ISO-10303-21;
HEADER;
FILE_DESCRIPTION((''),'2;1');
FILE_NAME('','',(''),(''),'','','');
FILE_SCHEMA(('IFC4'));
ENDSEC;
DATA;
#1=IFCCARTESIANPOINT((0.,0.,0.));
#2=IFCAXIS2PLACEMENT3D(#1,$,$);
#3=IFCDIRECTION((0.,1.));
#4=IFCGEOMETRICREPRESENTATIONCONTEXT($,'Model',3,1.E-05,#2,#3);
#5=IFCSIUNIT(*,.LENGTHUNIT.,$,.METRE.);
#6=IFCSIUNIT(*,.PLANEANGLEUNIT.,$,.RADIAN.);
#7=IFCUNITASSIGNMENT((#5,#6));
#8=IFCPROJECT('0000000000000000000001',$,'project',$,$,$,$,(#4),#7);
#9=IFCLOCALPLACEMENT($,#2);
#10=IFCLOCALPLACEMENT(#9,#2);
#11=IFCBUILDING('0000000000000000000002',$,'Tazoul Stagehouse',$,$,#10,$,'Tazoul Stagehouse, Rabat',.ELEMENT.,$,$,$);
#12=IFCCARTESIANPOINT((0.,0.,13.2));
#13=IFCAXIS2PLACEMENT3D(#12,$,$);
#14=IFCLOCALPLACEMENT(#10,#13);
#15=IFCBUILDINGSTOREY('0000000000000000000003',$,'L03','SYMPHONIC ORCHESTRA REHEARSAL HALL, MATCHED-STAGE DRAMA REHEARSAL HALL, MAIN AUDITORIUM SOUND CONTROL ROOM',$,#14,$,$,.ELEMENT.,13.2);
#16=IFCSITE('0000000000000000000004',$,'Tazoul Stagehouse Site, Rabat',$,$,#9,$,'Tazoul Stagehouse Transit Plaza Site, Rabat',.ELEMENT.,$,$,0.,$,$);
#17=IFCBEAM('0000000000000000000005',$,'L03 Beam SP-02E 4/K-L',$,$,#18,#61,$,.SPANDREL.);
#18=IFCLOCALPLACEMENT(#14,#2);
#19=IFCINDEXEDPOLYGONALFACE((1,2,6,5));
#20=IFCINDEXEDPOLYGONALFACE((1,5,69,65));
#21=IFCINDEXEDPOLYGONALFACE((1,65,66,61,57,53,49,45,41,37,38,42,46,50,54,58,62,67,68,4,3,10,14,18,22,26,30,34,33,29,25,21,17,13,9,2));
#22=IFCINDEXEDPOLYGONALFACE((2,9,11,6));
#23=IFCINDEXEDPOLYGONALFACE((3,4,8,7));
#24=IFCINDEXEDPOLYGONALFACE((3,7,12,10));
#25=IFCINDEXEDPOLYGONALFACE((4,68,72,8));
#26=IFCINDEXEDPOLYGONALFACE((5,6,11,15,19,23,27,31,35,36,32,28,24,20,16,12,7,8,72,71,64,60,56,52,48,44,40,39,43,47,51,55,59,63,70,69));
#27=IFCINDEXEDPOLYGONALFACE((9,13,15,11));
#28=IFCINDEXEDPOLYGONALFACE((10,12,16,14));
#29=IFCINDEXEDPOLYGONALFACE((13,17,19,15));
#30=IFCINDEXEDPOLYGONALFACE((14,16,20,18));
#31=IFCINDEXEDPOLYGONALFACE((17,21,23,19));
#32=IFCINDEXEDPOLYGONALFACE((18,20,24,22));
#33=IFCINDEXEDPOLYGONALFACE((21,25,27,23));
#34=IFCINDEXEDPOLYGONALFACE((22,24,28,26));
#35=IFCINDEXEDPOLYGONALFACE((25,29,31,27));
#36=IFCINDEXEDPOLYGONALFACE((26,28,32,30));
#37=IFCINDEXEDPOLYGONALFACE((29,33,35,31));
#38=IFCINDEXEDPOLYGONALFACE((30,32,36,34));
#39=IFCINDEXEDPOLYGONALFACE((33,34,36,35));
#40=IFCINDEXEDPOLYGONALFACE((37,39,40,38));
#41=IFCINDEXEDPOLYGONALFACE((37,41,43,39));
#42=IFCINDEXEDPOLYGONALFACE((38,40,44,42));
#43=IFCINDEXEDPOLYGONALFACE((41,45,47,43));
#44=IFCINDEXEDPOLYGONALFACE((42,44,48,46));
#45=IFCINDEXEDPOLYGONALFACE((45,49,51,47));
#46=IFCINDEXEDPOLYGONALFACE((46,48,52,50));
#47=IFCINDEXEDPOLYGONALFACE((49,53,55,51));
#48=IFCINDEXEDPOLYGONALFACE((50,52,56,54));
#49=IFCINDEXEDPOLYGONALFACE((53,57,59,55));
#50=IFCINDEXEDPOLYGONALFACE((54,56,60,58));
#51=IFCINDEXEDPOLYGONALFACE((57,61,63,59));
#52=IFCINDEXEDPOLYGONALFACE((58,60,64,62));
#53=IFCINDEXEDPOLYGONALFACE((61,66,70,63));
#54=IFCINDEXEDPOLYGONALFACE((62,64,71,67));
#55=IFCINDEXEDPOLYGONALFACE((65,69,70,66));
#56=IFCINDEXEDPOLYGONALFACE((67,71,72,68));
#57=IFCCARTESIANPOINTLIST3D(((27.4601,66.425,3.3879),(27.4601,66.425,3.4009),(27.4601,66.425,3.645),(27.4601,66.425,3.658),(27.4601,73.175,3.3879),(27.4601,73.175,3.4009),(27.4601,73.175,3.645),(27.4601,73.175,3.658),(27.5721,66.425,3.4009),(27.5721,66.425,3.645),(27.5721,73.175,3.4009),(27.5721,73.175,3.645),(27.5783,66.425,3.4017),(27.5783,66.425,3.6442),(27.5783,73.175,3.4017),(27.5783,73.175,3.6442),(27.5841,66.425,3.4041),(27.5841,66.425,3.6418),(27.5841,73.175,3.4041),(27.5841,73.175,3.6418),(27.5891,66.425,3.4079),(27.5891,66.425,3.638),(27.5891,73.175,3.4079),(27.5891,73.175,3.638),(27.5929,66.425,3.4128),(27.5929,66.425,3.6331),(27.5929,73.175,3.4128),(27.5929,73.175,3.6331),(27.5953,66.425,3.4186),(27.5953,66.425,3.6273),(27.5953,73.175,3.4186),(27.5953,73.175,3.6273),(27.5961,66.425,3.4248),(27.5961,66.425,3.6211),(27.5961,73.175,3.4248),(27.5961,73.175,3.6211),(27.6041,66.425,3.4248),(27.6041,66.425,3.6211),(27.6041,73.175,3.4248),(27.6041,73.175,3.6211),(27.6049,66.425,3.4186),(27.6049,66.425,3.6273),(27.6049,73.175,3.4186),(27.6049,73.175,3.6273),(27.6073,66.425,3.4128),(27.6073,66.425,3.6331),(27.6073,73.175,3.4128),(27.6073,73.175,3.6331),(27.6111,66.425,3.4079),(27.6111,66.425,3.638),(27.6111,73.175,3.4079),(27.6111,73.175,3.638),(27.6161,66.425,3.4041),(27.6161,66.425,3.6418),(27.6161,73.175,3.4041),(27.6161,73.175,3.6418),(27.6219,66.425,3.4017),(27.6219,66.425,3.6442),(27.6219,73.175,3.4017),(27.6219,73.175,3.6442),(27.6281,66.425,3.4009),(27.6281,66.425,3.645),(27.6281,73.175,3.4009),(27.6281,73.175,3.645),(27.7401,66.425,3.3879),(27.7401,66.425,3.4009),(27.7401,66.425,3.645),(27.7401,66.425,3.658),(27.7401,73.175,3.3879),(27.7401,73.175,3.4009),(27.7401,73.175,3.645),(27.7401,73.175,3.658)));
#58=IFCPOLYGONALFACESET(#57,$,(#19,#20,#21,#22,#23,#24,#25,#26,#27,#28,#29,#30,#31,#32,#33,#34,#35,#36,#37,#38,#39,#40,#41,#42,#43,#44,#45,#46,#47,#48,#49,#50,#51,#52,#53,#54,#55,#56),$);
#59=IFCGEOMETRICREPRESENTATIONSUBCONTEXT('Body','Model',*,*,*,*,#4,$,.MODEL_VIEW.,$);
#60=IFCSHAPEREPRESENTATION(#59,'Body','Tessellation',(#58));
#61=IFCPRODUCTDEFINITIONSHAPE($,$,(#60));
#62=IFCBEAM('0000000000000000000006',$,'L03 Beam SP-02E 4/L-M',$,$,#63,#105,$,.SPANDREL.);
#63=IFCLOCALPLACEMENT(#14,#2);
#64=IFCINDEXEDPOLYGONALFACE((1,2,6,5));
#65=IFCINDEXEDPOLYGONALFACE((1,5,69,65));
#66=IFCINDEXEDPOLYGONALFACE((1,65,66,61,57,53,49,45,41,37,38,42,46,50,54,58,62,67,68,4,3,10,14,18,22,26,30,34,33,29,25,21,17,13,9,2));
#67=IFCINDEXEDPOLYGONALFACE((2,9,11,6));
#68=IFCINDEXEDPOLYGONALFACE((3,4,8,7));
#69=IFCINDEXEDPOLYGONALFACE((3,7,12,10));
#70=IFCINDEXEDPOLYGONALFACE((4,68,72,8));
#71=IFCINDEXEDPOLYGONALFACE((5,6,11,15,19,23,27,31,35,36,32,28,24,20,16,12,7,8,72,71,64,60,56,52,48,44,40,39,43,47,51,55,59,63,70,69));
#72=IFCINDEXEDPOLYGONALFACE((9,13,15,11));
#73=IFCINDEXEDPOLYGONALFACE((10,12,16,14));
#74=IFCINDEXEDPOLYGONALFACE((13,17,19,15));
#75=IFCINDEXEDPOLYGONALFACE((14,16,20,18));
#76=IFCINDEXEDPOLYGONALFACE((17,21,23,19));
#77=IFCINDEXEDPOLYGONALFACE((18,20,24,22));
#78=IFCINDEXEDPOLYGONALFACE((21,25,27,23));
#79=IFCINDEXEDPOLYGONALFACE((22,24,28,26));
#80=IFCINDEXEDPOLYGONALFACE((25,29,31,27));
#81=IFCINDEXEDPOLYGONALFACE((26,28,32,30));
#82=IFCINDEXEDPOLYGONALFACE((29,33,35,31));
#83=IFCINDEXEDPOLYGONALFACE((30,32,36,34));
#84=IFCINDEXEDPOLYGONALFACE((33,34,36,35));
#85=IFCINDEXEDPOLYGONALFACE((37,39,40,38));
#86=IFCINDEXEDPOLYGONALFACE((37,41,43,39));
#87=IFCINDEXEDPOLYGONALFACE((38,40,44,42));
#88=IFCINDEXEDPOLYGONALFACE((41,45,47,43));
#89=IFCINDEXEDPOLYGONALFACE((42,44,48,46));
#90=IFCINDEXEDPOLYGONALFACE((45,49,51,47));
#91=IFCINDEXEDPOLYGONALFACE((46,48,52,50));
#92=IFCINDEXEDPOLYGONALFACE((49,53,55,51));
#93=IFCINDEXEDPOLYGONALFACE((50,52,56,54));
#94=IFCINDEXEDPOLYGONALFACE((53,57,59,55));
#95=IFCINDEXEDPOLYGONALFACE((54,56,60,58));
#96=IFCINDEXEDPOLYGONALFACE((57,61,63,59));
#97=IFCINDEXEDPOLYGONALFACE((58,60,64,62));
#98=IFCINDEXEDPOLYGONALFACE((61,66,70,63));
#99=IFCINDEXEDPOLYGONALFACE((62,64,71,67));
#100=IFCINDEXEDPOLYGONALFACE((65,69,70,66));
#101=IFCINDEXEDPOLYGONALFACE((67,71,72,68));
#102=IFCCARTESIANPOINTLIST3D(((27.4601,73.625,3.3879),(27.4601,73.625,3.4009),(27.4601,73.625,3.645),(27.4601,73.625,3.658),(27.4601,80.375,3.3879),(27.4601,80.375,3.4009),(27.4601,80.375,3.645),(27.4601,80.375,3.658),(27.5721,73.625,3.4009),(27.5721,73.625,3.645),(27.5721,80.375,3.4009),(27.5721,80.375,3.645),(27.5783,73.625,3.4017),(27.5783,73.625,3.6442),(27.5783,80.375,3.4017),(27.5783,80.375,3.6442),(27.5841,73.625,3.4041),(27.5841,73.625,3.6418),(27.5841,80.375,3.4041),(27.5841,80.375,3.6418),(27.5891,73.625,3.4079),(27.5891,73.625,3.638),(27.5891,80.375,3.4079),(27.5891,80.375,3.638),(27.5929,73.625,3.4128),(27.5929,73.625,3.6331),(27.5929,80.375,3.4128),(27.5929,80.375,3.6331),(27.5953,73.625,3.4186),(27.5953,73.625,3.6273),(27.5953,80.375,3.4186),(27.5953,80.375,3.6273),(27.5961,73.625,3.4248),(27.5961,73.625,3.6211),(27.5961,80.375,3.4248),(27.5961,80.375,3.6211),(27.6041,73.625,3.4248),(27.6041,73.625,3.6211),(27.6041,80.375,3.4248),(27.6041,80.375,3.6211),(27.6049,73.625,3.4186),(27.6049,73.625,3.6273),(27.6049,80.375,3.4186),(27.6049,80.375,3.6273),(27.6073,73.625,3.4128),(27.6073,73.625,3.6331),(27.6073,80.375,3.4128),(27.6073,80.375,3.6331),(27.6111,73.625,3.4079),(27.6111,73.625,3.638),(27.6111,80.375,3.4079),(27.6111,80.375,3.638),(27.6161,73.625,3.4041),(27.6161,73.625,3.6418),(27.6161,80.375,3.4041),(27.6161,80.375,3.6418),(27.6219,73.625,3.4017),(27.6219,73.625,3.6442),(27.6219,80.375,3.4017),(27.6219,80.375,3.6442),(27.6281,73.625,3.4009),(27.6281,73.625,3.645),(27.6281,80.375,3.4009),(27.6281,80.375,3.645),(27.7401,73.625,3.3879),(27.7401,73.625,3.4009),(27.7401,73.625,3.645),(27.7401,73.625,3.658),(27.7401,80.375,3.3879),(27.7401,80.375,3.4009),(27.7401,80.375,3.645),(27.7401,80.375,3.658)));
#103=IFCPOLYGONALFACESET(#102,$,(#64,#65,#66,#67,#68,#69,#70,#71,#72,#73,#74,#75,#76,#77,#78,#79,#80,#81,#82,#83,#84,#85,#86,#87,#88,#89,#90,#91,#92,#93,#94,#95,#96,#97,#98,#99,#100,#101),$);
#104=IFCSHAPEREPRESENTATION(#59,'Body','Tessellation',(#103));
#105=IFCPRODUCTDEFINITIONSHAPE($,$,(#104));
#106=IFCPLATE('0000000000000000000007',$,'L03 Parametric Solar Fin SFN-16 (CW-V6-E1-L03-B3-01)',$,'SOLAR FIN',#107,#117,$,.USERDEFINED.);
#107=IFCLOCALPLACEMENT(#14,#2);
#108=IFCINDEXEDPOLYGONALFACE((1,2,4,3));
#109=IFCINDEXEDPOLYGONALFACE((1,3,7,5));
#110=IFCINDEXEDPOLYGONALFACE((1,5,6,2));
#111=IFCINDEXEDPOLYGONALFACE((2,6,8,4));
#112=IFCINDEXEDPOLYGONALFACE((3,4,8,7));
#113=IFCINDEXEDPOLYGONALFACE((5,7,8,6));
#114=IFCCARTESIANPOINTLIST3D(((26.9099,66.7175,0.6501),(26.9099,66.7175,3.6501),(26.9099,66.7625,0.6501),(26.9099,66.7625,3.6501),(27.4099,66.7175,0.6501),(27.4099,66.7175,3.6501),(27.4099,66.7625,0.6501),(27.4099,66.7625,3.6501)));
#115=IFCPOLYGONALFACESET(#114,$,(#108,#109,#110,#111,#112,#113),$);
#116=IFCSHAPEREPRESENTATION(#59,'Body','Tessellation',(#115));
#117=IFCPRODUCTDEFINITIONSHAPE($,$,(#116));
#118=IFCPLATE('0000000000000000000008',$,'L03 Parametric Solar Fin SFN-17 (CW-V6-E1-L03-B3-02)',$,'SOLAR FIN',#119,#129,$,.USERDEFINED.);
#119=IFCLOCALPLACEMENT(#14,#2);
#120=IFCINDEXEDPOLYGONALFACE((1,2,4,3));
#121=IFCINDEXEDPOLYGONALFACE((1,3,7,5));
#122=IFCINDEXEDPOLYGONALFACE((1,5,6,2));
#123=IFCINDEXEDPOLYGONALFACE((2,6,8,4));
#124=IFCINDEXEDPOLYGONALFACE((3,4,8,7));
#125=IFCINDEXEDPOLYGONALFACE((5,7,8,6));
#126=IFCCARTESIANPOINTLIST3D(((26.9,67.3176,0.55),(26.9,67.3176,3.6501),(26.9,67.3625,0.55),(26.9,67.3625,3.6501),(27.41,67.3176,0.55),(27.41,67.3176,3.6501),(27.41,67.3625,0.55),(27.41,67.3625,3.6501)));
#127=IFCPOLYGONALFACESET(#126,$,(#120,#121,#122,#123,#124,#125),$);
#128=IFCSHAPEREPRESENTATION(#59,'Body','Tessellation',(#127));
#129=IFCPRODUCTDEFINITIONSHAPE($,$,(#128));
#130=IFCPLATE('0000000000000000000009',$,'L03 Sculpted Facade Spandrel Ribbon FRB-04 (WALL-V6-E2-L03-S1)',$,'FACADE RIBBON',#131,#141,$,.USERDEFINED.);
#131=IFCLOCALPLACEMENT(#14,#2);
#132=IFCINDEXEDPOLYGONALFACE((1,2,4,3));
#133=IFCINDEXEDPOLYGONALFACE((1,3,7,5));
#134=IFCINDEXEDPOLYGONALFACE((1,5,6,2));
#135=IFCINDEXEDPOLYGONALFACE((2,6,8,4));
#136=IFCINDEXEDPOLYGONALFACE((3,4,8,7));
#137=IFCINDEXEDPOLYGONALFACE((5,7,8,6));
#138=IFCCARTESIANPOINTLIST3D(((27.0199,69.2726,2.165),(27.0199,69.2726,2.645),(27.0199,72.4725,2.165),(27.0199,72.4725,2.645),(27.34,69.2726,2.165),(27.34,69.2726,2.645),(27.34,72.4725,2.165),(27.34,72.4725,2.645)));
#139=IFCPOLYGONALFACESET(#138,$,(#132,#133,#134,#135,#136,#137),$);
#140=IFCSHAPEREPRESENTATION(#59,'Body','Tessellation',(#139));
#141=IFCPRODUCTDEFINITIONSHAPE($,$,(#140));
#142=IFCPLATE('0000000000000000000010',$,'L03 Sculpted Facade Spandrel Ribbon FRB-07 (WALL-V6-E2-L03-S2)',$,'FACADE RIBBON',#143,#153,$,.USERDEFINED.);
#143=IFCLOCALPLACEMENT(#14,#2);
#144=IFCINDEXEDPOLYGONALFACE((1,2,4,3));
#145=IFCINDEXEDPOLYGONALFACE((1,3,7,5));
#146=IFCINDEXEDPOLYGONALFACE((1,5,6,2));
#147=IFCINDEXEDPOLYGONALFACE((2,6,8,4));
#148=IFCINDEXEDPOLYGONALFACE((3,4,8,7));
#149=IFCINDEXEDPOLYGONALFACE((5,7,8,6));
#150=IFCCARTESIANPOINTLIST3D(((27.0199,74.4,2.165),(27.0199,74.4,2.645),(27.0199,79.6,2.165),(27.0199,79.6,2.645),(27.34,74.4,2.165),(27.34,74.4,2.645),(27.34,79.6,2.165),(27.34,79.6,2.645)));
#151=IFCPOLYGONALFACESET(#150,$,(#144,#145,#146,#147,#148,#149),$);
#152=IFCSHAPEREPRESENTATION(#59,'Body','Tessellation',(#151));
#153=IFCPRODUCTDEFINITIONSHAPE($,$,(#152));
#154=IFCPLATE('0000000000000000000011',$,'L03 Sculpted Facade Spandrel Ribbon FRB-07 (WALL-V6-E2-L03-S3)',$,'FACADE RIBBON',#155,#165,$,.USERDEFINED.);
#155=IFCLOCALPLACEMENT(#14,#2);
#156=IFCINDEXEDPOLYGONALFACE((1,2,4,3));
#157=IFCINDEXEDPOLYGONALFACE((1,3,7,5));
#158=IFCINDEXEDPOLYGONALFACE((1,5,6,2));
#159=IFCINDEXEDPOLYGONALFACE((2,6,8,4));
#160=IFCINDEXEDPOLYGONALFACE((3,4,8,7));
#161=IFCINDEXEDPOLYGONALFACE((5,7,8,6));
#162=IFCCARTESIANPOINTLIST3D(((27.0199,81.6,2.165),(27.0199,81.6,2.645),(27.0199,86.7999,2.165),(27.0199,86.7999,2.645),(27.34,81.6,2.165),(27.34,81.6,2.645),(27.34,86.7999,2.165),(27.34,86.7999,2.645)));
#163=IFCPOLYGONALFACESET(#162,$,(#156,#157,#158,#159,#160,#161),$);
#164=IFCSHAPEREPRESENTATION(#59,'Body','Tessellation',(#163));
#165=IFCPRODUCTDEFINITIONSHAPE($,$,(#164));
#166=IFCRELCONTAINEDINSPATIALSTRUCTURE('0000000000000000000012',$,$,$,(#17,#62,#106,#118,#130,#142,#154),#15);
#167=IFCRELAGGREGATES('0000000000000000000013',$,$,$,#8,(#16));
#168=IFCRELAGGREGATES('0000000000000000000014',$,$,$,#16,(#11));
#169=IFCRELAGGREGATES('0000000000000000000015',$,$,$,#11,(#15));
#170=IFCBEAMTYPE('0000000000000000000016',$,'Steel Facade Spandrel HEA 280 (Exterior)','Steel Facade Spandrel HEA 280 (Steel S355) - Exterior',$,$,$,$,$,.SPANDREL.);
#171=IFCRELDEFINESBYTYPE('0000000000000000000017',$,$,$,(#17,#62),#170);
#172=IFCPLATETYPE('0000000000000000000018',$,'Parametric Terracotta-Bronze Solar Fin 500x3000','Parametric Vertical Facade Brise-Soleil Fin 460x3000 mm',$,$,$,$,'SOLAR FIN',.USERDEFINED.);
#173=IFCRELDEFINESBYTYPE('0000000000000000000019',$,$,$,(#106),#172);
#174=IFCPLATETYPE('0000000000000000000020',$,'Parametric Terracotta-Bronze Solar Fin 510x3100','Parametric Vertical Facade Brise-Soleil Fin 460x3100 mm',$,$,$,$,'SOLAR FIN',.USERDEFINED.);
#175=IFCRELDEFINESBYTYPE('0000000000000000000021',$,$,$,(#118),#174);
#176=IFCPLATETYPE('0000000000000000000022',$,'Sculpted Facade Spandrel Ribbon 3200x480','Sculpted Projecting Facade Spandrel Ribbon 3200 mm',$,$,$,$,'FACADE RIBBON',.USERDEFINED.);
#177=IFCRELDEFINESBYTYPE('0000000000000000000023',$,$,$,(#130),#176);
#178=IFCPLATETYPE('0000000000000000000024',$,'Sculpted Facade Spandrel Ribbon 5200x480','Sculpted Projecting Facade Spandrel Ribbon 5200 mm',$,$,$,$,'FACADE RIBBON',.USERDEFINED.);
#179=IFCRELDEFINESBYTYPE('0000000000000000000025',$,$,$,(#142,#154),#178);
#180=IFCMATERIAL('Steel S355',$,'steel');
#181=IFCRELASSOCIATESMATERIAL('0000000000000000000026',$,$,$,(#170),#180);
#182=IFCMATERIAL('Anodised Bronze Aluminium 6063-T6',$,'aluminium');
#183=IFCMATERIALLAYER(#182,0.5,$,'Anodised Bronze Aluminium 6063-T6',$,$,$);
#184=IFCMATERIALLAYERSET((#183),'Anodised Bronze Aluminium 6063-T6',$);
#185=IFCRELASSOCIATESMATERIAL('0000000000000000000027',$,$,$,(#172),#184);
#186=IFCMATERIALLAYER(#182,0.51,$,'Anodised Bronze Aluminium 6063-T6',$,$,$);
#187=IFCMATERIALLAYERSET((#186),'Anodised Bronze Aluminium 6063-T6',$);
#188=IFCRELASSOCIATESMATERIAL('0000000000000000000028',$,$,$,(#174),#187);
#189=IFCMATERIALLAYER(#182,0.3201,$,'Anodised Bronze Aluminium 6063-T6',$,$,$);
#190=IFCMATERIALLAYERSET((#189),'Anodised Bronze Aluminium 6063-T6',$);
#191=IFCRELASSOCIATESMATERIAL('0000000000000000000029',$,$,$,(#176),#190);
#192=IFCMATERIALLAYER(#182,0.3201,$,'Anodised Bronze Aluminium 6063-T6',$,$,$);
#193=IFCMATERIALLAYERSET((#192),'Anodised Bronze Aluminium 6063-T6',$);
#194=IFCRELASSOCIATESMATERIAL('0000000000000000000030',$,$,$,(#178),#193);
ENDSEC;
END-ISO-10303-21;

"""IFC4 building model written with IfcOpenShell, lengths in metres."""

from ifc_helpers import new_model, si_unit, direction, frame, origin, origin_2d, place, context, subcontext, project, spatial, rectangle, i_section, extrude, material, layer, layer_set, material_profile, profile_set, type_object, element, save


model = new_model("IFC4")

# Units and contexts
model_context = context("Model", 3, precision=1e-05, world=origin(), true_north=direction((0.0, 1.0)))
body_context = subcontext(model_context, "Body", "Model", "MODEL_VIEW")
ifc_project = project(units=[si_unit("LENGTHUNIT", "METRE"), si_unit("PLANEANGLEUNIT", "RADIAN")], contexts=[model_context])

# Site, building, storey
site_placement = place(None, origin())
site = spatial("IfcSite", under=ifc_project, at=site_placement, Name="Tazoul Stagehouse Site, Rabat", LongName="Tazoul Stagehouse Transit Plaza Site, Rabat", CompositionType="ELEMENT", RefElevation=0.0)
building_placement = place(site_placement, origin())
building = spatial("IfcBuilding", under=site, at=building_placement, Name="Tazoul Stagehouse", LongName="Tazoul Stagehouse, Rabat", CompositionType="ELEMENT")
storey_placement = place(building_placement, frame((0.0, 0.0, 13.2)))
storey = spatial("IfcBuildingStorey", under=building, at=storey_placement, Name="L03", Description="SYMPHONIC ORCHESTRA REHEARSAL HALL, MATCHED-STAGE DRAMA REHEARSAL HALL, MAIN AUDITORIUM SOUND CONTROL ROOM", CompositionType="ELEMENT", Elevation=13.2)

# Shared definitions
ifc_material_1 = material(Name="Anodised Bronze Aluminium 6063-T6", Category="aluminium")

# Beams
ifc_material_2 = material(Name="Steel S355", Category="steel")
ifc_material_profile_1 = material_profile(ifc_material_2, i_section(OverallWidth=0.28, OverallDepth=0.27, WebThickness=0.0081, FlangeThickness=0.0129, FilletRadius=0.0239, at=origin_2d()), Name="HEA 280")
ifc_profile_set_1 = profile_set([ifc_material_profile_1], Name="Steel S355")
beam_type = type_object("IfcBeamType", Name="Steel Facade Spandrel HEA 280 (Exterior)", Description="Steel Facade Spandrel HEA 280 (Steel S355) - Exterior", PredefinedType="SPANDREL", material=ifc_profile_set_1)
for number, where, z_axis, x_axis, name in (
    (1, (27.6001, 66.425, 3.5229), (0.0, 1.0, 0.0), (-1.0, 0.0, 0.0), "L03 Beam SP-02E 4/K-L"),
    (2, (27.6001, 73.625, 3.5229), (0.0, 1.0, 0.0), (-1.0, 0.0, 0.0), "L03 Beam SP-02E 4/L-M"),
):
    element("IfcBeam", number, at=place(storey_placement, frame(where, z_axis=z_axis, x_axis=x_axis)), inside=storey, type_object=beam_type, Name=name, PredefinedType="SPANDREL", context=body_context, shape_type="SweptSolid", body=[
        extrude(i_section(OverallWidth=0.28, OverallDepth=0.27, WebThickness=0.0081, FlangeThickness=0.0129, FilletRadius=0.0239, at=origin_2d()), origin(), (0.0, 0.0, 1.0), 6.75),
    ])

# Plates
ifc_layer_1 = layer(ifc_material_1, 0.5, Name="Anodised Bronze Aluminium 6063-T6")
ifc_layer_set_1 = layer_set([ifc_layer_1], Name="Anodised Bronze Aluminium 6063-T6")
plate_type_1 = type_object("IfcPlateType", Name="Parametric Terracotta-Bronze Solar Fin 500x3000", Description="Parametric Vertical Facade Brise-Soleil Fin 460x3000 mm", ElementType="SOLAR FIN", PredefinedType="USERDEFINED", material=ifc_layer_set_1)
plate_1_placement = place(storey_placement, frame((27.1599, 66.74, 0.6501), z_axis=(0.0, 0.0, 1.0), x_axis=(0.0, 1.0, 0.0)))
element("IfcPlate", 3, at=plate_1_placement, inside=storey, type_object=plate_type_1, Name="L03 Parametric Solar Fin SFN-16 (CW-V6-E1-L03-B3-01)", ObjectType="SOLAR FIN", PredefinedType="USERDEFINED", context=body_context, shape_type="SweptSolid", body=[
    extrude(rectangle(XDim=0.0449, YDim=0.5, at=origin_2d()), origin(), (0.0, 0.0, 1.0), 3.0),
])
ifc_layer_2 = layer(ifc_material_1, 0.51, Name="Anodised Bronze Aluminium 6063-T6")
ifc_layer_set_2 = layer_set([ifc_layer_2], Name="Anodised Bronze Aluminium 6063-T6")
plate_type_2 = type_object("IfcPlateType", Name="Parametric Terracotta-Bronze Solar Fin 510x3100", Description="Parametric Vertical Facade Brise-Soleil Fin 460x3100 mm", ElementType="SOLAR FIN", PredefinedType="USERDEFINED", material=ifc_layer_set_2)
plate_2_placement = place(storey_placement, frame((27.155, 67.3401, 0.55), z_axis=(0.0, 0.0, 1.0), x_axis=(0.0, 1.0, 0.0)))
element("IfcPlate", 4, at=plate_2_placement, inside=storey, type_object=plate_type_2, Name="L03 Parametric Solar Fin SFN-17 (CW-V6-E1-L03-B3-02)", ObjectType="SOLAR FIN", PredefinedType="USERDEFINED", context=body_context, shape_type="SweptSolid", body=[
    extrude(rectangle(XDim=0.0449, YDim=0.51, at=origin_2d()), origin(), (0.0, 0.0, 1.0), 3.1001),
])
ifc_layer_3 = layer(ifc_material_1, 0.3201, Name="Anodised Bronze Aluminium 6063-T6")
ifc_layer_set_3 = layer_set([ifc_layer_3], Name="Anodised Bronze Aluminium 6063-T6")
plate_type_3 = type_object("IfcPlateType", Name="Sculpted Facade Spandrel Ribbon 3200x480", Description="Sculpted Projecting Facade Spandrel Ribbon 3200 mm", ElementType="FACADE RIBBON", PredefinedType="USERDEFINED", material=ifc_layer_set_3)
plate_3_placement = place(storey_placement, frame((27.1799, 70.8726, 2.165), z_axis=(0.0, 0.0, 1.0), x_axis=(0.0, 1.0, 0.0)))
element("IfcPlate", 5, at=plate_3_placement, inside=storey, type_object=plate_type_3, Name="L03 Sculpted Facade Spandrel Ribbon FRB-04 (WALL-V6-E2-L03-S1)", ObjectType="FACADE RIBBON", PredefinedType="USERDEFINED", context=body_context, shape_type="SweptSolid", body=[
    extrude(rectangle(XDim=3.2, YDim=0.3201, at=origin_2d()), origin(), (0.0, 0.0, 1.0), 0.48),
])
ifc_layer_4 = layer(ifc_material_1, 0.3201, Name="Anodised Bronze Aluminium 6063-T6")
ifc_layer_set_4 = layer_set([ifc_layer_4], Name="Anodised Bronze Aluminium 6063-T6")
plate_type_4 = type_object("IfcPlateType", Name="Sculpted Facade Spandrel Ribbon 5200x480", Description="Sculpted Projecting Facade Spandrel Ribbon 5200 mm", ElementType="FACADE RIBBON", PredefinedType="USERDEFINED", material=ifc_layer_set_4)
for number, where, z_axis, x_axis, name in (
    (6, (27.1799, 77.0, 2.165), (0.0, 0.0, 1.0), (0.0, 1.0, 0.0), "L03 Sculpted Facade Spandrel Ribbon FRB-07 (WALL-V6-E2-L03-S2)"),
    (7, (27.1799, 84.2, 2.165), (0.0, 0.0, 1.0), (0.0, 1.0, 0.0), "L03 Sculpted Facade Spandrel Ribbon FRB-07 (WALL-V6-E2-L03-S3)"),
):
    element("IfcPlate", number, at=place(storey_placement, frame(where, z_axis=z_axis, x_axis=x_axis)), inside=storey, type_object=plate_type_4, Name=name, ObjectType="FACADE RIBBON", PredefinedType="USERDEFINED", context=body_context, shape_type="SweptSolid", body=[
        extrude(rectangle(XDim=5.2, YDim=0.3201, at=origin_2d()), origin(), (0.0, 0.0, 1.0), 0.48),
    ])

save(model, "model.ifc")
